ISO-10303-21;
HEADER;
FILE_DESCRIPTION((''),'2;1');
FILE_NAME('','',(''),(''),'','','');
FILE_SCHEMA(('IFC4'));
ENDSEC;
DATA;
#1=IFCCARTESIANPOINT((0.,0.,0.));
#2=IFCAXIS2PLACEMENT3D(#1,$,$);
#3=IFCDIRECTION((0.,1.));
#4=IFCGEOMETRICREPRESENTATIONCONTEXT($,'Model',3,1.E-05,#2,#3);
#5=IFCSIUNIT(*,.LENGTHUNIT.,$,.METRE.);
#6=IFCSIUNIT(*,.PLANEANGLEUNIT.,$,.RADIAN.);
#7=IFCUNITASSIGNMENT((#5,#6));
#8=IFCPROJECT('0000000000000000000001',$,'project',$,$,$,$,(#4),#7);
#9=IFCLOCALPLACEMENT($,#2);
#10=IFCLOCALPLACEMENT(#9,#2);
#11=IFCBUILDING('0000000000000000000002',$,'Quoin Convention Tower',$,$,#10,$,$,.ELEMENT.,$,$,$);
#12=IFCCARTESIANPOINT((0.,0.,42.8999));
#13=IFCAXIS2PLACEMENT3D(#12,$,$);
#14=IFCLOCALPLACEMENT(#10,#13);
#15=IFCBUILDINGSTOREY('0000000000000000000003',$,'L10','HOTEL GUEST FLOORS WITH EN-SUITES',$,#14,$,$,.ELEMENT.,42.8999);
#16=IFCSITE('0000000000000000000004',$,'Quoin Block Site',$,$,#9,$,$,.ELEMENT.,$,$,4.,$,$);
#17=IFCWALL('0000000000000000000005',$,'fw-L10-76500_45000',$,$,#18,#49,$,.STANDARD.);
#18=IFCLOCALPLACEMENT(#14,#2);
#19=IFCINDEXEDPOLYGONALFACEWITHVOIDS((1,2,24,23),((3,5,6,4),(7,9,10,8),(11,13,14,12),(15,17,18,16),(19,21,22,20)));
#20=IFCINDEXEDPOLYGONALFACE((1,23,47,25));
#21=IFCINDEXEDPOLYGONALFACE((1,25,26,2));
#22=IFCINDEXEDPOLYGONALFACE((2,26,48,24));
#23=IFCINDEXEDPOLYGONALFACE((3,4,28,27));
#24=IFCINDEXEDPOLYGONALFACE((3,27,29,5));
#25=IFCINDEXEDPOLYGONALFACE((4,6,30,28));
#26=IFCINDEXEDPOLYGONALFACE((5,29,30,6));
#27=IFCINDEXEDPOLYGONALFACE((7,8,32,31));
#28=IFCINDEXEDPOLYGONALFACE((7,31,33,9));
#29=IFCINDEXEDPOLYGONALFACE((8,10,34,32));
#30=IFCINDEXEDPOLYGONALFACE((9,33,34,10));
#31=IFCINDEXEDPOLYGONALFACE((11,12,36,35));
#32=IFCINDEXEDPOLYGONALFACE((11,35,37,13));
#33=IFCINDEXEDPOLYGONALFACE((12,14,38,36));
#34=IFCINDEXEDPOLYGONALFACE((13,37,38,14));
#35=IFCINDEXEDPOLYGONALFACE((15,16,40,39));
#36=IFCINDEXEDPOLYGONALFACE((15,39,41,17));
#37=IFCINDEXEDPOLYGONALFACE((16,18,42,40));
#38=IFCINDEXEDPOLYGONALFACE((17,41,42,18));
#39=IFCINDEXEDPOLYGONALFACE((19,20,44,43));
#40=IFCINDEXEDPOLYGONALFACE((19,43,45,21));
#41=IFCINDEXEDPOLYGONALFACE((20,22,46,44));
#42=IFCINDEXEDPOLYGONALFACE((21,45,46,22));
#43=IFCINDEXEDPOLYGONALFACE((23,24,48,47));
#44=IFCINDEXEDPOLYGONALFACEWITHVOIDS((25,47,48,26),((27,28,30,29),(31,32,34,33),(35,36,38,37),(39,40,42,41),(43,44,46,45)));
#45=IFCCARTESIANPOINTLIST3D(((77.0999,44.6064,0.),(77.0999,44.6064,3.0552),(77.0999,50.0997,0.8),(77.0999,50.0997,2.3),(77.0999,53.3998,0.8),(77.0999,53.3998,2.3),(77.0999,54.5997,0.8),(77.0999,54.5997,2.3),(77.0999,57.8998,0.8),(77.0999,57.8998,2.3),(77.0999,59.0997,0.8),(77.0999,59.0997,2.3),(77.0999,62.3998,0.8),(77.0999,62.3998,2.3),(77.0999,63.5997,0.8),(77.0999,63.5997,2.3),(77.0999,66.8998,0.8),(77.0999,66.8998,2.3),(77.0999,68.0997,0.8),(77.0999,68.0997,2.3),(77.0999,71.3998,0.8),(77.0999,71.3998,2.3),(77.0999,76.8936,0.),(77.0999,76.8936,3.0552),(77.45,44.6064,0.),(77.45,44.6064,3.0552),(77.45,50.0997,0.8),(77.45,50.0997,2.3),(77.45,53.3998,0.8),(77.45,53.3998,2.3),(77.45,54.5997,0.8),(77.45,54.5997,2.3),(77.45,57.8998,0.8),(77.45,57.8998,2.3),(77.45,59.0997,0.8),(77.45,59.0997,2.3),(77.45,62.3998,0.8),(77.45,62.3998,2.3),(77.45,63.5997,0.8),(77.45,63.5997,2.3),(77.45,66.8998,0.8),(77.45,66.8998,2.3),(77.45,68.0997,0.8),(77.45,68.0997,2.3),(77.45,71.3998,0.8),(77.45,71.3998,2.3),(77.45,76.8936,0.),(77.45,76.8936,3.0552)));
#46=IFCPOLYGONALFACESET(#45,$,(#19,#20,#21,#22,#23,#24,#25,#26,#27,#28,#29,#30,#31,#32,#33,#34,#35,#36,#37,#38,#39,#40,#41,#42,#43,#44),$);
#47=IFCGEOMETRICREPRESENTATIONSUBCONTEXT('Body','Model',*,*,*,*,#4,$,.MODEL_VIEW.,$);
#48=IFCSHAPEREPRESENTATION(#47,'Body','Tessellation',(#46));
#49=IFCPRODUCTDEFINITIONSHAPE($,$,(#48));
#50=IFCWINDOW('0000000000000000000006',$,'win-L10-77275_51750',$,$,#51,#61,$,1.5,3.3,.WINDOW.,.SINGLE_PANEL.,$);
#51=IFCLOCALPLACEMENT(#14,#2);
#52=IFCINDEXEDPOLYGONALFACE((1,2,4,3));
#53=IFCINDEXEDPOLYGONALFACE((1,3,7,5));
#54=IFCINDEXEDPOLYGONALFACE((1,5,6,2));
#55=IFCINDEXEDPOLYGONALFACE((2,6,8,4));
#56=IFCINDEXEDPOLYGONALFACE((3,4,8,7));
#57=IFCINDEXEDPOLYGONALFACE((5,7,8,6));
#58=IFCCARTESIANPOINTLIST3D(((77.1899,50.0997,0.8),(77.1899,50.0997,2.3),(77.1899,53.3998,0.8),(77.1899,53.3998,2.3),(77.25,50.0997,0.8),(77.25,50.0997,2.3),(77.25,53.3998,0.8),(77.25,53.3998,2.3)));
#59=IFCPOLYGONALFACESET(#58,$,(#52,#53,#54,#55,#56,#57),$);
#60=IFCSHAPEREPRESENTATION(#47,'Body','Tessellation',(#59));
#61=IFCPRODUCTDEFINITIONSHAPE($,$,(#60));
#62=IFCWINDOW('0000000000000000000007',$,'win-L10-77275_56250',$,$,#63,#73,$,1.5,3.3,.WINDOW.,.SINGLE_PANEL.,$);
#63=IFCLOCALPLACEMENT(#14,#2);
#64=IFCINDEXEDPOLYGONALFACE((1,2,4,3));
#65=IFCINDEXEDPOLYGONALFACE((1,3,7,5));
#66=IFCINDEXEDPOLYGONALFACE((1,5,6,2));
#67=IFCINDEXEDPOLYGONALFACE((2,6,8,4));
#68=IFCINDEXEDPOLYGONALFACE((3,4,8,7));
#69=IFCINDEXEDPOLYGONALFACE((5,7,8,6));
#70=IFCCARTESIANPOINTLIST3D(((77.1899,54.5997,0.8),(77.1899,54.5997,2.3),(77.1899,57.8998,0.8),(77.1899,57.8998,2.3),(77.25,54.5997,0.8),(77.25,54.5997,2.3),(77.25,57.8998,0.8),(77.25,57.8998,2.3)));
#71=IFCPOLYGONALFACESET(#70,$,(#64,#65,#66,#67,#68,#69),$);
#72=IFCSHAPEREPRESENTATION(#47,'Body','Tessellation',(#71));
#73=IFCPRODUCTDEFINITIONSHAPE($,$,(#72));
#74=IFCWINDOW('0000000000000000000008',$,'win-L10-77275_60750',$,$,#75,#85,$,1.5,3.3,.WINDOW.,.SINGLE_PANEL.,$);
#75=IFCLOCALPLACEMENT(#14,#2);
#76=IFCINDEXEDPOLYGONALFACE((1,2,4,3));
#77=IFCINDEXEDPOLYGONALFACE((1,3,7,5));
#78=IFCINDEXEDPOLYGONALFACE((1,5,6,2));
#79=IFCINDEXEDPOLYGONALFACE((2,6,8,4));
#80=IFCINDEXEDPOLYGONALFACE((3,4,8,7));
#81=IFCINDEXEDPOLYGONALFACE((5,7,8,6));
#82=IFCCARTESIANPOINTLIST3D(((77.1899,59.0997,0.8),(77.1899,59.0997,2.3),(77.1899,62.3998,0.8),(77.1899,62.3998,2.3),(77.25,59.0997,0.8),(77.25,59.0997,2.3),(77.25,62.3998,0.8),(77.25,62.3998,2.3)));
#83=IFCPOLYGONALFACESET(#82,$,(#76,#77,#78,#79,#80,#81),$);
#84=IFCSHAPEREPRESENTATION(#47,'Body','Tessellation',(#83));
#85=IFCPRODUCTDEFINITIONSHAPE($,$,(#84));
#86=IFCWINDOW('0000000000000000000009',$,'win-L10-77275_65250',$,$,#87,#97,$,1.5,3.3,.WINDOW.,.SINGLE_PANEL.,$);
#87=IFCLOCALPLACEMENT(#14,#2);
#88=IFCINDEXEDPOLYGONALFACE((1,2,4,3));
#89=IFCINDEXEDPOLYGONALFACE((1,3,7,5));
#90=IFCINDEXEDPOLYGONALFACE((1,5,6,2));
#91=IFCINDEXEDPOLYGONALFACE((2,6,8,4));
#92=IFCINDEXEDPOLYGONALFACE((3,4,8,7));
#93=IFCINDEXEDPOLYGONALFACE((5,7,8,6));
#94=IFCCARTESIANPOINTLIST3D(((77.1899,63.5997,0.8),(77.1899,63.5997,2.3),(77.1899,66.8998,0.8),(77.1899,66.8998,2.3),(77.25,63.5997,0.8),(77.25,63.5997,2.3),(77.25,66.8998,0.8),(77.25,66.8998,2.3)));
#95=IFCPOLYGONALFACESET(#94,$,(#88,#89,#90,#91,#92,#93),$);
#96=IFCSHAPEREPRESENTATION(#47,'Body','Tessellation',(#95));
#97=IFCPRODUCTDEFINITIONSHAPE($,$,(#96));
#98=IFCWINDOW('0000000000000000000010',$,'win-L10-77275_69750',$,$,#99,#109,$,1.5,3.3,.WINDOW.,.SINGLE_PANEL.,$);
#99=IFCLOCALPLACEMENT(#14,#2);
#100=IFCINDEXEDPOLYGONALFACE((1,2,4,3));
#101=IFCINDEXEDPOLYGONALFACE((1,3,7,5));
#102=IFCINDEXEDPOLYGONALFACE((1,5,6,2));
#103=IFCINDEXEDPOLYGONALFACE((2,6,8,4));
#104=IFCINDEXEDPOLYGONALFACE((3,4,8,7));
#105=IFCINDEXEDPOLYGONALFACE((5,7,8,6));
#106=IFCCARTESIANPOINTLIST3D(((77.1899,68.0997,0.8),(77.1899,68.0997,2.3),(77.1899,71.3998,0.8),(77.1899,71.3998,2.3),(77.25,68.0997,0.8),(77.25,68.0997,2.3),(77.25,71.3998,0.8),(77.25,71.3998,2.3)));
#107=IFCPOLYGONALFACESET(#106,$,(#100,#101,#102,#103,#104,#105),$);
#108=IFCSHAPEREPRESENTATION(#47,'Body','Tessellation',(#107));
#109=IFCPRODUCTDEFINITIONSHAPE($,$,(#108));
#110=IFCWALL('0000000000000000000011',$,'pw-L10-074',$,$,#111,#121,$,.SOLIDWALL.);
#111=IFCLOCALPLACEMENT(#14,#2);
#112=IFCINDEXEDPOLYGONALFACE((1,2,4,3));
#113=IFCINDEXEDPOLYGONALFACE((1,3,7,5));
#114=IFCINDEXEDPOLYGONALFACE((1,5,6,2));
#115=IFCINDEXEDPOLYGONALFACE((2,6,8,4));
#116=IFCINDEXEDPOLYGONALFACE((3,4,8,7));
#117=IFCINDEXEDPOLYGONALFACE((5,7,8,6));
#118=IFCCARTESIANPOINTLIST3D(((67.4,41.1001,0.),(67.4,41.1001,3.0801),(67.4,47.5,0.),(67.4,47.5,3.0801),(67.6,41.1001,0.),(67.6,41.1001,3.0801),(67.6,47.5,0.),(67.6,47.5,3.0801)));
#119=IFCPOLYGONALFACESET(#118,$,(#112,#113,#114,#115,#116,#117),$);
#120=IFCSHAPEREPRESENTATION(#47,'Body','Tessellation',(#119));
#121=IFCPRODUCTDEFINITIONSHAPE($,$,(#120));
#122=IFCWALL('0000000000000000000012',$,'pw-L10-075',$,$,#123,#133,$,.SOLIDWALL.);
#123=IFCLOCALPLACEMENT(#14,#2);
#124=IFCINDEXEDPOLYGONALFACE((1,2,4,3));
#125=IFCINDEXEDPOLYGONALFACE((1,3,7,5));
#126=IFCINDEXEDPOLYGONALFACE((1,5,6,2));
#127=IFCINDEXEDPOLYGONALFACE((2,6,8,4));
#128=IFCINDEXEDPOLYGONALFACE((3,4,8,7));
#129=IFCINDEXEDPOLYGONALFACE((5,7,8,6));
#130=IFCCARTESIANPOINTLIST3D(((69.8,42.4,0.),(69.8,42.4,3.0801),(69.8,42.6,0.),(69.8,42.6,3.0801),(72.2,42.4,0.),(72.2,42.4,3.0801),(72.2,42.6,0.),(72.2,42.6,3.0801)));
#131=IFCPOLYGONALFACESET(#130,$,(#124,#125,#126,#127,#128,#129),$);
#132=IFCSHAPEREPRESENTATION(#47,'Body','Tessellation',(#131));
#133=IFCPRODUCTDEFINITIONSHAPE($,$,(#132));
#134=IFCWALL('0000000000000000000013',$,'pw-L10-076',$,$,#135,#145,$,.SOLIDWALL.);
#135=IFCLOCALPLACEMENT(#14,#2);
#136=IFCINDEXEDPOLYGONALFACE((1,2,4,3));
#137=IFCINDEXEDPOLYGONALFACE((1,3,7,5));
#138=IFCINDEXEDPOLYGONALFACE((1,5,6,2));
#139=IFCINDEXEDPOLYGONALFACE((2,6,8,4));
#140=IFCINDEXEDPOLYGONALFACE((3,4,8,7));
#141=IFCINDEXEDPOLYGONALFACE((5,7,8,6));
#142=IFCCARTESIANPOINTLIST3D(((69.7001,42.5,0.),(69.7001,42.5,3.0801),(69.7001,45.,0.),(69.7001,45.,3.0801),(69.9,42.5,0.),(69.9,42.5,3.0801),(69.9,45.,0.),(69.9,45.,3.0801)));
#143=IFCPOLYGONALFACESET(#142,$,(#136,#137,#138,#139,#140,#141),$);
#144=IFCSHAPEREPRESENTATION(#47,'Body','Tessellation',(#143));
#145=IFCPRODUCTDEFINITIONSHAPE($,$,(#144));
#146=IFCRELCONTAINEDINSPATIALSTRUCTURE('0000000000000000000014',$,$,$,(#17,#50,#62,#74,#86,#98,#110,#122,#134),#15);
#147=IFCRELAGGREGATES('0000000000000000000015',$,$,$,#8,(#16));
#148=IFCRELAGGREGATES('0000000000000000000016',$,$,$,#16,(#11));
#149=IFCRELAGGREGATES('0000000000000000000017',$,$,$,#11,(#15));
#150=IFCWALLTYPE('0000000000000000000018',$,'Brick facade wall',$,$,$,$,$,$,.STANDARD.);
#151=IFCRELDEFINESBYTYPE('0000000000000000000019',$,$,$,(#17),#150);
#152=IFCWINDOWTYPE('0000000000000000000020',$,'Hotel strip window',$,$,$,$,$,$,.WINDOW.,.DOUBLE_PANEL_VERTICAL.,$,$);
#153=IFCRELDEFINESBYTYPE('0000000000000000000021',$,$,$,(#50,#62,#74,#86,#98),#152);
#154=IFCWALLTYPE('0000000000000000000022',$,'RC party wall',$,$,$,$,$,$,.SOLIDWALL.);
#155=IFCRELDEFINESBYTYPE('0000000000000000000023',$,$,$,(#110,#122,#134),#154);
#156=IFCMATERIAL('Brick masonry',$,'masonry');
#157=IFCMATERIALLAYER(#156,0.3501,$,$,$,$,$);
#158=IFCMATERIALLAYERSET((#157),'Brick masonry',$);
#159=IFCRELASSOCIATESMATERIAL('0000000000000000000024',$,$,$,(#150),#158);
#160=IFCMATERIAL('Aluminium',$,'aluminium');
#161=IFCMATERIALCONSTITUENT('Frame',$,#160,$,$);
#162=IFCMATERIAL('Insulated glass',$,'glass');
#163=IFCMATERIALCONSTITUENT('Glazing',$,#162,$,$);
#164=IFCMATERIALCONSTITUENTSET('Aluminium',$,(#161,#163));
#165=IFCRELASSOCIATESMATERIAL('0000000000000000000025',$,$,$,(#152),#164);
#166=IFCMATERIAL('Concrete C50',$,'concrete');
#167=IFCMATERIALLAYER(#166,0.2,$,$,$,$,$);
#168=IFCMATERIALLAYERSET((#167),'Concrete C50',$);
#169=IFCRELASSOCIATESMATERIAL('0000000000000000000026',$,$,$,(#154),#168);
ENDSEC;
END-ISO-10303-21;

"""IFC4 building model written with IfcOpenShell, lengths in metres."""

from ifc_helpers import new_model, si_unit, direction, frame, frame_2d, origin, place, context, subcontext, project, spatial, rectangle, extrude, material, layer, layer_set, constituent, constituent_set, type_object, element, fill, save


model = new_model("IFC4")

# Units and contexts
model_context = context("Model", 3, precision=1e-05, world=origin(), true_north=direction((0.0, 1.0)))
body_context = subcontext(model_context, "Body", "Model", "MODEL_VIEW")
ifc_project = project(units=[si_unit("LENGTHUNIT", "METRE"), si_unit("PLANEANGLEUNIT", "RADIAN")], contexts=[model_context])

# Site, building, storey
site_placement = place(None, origin())
site = spatial("IfcSite", under=ifc_project, at=site_placement, Name="Quoin Block Site", CompositionType="ELEMENT", RefElevation=4.0)
building_placement = place(site_placement, origin())
building = spatial("IfcBuilding", under=site, at=building_placement, Name="Quoin Convention Tower", CompositionType="ELEMENT")
storey_placement = place(building_placement, frame((0.0, 0.0, 42.8999)))
storey = spatial("IfcBuildingStorey", under=building, at=storey_placement, Name="L10", Description="HOTEL GUEST FLOORS WITH EN-SUITES", CompositionType="ELEMENT", Elevation=42.8999)

# Wall, openings, windows
ifc_material_1 = material(Name="Brick masonry", Category="masonry")
ifc_layer_1 = layer(ifc_material_1, 0.3501)
ifc_layer_set_1 = layer_set([ifc_layer_1], Name="Brick masonry")
wall_type_1 = type_object("IfcWallType", Name="Brick facade wall", PredefinedType="STANDARD", material=ifc_layer_set_1)
wall_1_placement = place(storey_placement, frame((77.2749, 44.6064, 0.0), z_axis=(0.0, 0.0, 1.0), x_axis=(0.0, 1.0, 0.0)))
wall_1 = element("IfcWall", 1, at=wall_1_placement, inside=storey, type_object=wall_type_1, Name="fw-L10-76500_45000", PredefinedType="STANDARD", context=body_context, shape_type="SweptSolid", body=[
    extrude(rectangle(XDim=32.2871, YDim=0.3501, at=frame_2d((16.1436, 0.0))), origin(), (0.0, 0.0, 1.0), 3.0552),
])
opening_1_placement = place(wall_1_placement, frame((5.4934, 0.0, 0.8)))
opening_1 = element("IfcOpeningElement", 2, at=opening_1_placement, cuts=wall_1, PredefinedType="OPENING", context=body_context, shape_type="SweptSolid", body=[
    extrude(rectangle(XDim=3.3, YDim=1.5, at=frame_2d((1.6499, 0.75))), frame((0.0, 0.1851, 0.0), z_axis=(0.0, -1.0, 0.0), x_axis=(1.0, 0.0, 0.0)), (0.0, 0.0, 1.0), 0.3701),
])
opening_2_placement = place(wall_1_placement, frame((9.9934, 0.0, 0.8)))
opening_2 = element("IfcOpeningElement", 3, at=opening_2_placement, cuts=wall_1, PredefinedType="OPENING", context=body_context, shape_type="SweptSolid", body=[
    extrude(rectangle(XDim=3.3, YDim=1.5, at=frame_2d((1.6499, 0.75))), frame((0.0, 0.1851, 0.0), z_axis=(0.0, -1.0, 0.0), x_axis=(1.0, 0.0, 0.0)), (0.0, 0.0, 1.0), 0.3701),
])
opening_3_placement = place(wall_1_placement, frame((14.4934, 0.0, 0.8)))
opening_3 = element("IfcOpeningElement", 4, at=opening_3_placement, cuts=wall_1, PredefinedType="OPENING", context=body_context, shape_type="SweptSolid", body=[
    extrude(rectangle(XDim=3.3, YDim=1.5, at=frame_2d((1.6499, 0.75))), frame((0.0, 0.1851, 0.0), z_axis=(0.0, -1.0, 0.0), x_axis=(1.0, 0.0, 0.0)), (0.0, 0.0, 1.0), 0.3701),
])
opening_4_placement = place(wall_1_placement, frame((18.9934, 0.0, 0.8)))
opening_4 = element("IfcOpeningElement", 5, at=opening_4_placement, cuts=wall_1, PredefinedType="OPENING", context=body_context, shape_type="SweptSolid", body=[
    extrude(rectangle(XDim=3.3, YDim=1.5, at=frame_2d((1.6499, 0.75))), frame((0.0, 0.1851, 0.0), z_axis=(0.0, -1.0, 0.0), x_axis=(1.0, 0.0, 0.0)), (0.0, 0.0, 1.0), 0.3701),
])
opening_5_placement = place(wall_1_placement, frame((23.4934, 0.0, 0.8)))
opening_5 = element("IfcOpeningElement", 6, at=opening_5_placement, cuts=wall_1, PredefinedType="OPENING", context=body_context, shape_type="SweptSolid", body=[
    extrude(rectangle(XDim=3.3, YDim=1.5, at=frame_2d((1.6499, 0.75))), frame((0.0, 0.1851, 0.0), z_axis=(0.0, -1.0, 0.0), x_axis=(1.0, 0.0, 0.0)), (0.0, 0.0, 1.0), 0.3701),
])
ifc_material_2 = material(Name="Aluminium", Category="aluminium")
ifc_constituent_1 = constituent(ifc_material_2, Name="Frame")
ifc_material_3 = material(Name="Insulated glass", Category="glass")
ifc_constituent_2 = constituent(ifc_material_3, Name="Glazing")
ifc_constituent_set = constituent_set(constituents=[ifc_constituent_1, ifc_constituent_2], Name="Aluminium")
window_type = type_object("IfcWindowType", Name="Hotel strip window", PartitioningType="DOUBLE_PANEL_VERTICAL", PredefinedType="WINDOW", material=ifc_constituent_set)
window_1_placement = place(opening_1_placement, origin())
window_1 = element("IfcWindow", 7, at=window_1_placement, inside=storey, type_object=window_type, Name="win-L10-77275_51750", OverallHeight=1.5, OverallWidth=3.3, PartitioningType="SINGLE_PANEL", PredefinedType="WINDOW", context=body_context, shape_type="SweptSolid", body=[
    extrude(rectangle(XDim=3.3, YDim=1.5, at=frame_2d((1.6499, 0.75))), frame((0.0, 0.085, 0.0), z_axis=(0.0, -1.0, 0.0), x_axis=(1.0, 0.0, 0.0)), (0.0, 0.0, 1.0), 0.0601),
])
fill(opening_1, window_1)
window_2_placement = place(opening_2_placement, origin())
window_2 = element("IfcWindow", 8, at=window_2_placement, inside=storey, type_object=window_type, Name="win-L10-77275_56250", OverallHeight=1.5, OverallWidth=3.3, PartitioningType="SINGLE_PANEL", PredefinedType="WINDOW", context=body_context, shape_type="SweptSolid", body=[
    extrude(rectangle(XDim=3.3, YDim=1.5, at=frame_2d((1.6499, 0.75))), frame((0.0, 0.085, 0.0), z_axis=(0.0, -1.0, 0.0), x_axis=(1.0, 0.0, 0.0)), (0.0, 0.0, 1.0), 0.0601),
])
fill(opening_2, window_2)
window_3_placement = place(opening_3_placement, origin())
window_3 = element("IfcWindow", 9, at=window_3_placement, inside=storey, type_object=window_type, Name="win-L10-77275_60750", OverallHeight=1.5, OverallWidth=3.3, PartitioningType="SINGLE_PANEL", PredefinedType="WINDOW", context=body_context, shape_type="SweptSolid", body=[
    extrude(rectangle(XDim=3.3, YDim=1.5, at=frame_2d((1.6499, 0.75))), frame((0.0, 0.085, 0.0), z_axis=(0.0, -1.0, 0.0), x_axis=(1.0, 0.0, 0.0)), (0.0, 0.0, 1.0), 0.0601),
])
fill(opening_3, window_3)
window_4_placement = place(opening_4_placement, origin())
window_4 = element("IfcWindow", 10, at=window_4_placement, inside=storey, type_object=window_type, Name="win-L10-77275_65250", OverallHeight=1.5, OverallWidth=3.3, PartitioningType="SINGLE_PANEL", PredefinedType="WINDOW", context=body_context, shape_type="SweptSolid", body=[
    extrude(rectangle(XDim=3.3, YDim=1.5, at=frame_2d((1.6499, 0.75))), frame((0.0, 0.085, 0.0), z_axis=(0.0, -1.0, 0.0), x_axis=(1.0, 0.0, 0.0)), (0.0, 0.0, 1.0), 0.0601),
])
fill(opening_4, window_4)
window_5_placement = place(opening_5_placement, origin())
window_5 = element("IfcWindow", 11, at=window_5_placement, inside=storey, type_object=window_type, Name="win-L10-77275_69750", OverallHeight=1.5, OverallWidth=3.3, PartitioningType="SINGLE_PANEL", PredefinedType="WINDOW", context=body_context, shape_type="SweptSolid", body=[
    extrude(rectangle(XDim=3.3, YDim=1.5, at=frame_2d((1.6499, 0.75))), frame((0.0, 0.085, 0.0), z_axis=(0.0, -1.0, 0.0), x_axis=(1.0, 0.0, 0.0)), (0.0, 0.0, 1.0), 0.0601),
])
fill(opening_5, window_5)

# Walls
ifc_material_4 = material(Name="Concrete C50", Category="concrete")
ifc_layer_2 = layer(ifc_material_4, 0.2)
ifc_layer_set_2 = layer_set([ifc_layer_2], Name="Concrete C50")
wall_type_2 = type_object("IfcWallType", Name="RC party wall", PredefinedType="SOLIDWALL", material=ifc_layer_set_2)
wall_2_placement = place(storey_placement, frame((67.5, 41.1001, 0.0), z_axis=(0.0, 0.0, 1.0), x_axis=(0.0, 1.0, 0.0)))
element("IfcWall", 12, at=wall_2_placement, inside=storey, type_object=wall_type_2, Name="pw-L10-074", PredefinedType="SOLIDWALL", context=body_context, shape_type="SweptSolid", body=[
    extrude(rectangle(XDim=6.3999, YDim=0.2, at=frame_2d((3.2, 0.0))), origin(), (0.0, 0.0, 1.0), 3.0801),
])
wall_3_placement = place(storey_placement, frame((69.8, 42.5, 0.0), z_axis=(0.0, 0.0, 1.0), x_axis=(1.0, 0.0, 0.0)))
element("IfcWall", 13, at=wall_3_placement, inside=storey, type_object=wall_type_2, Name="pw-L10-075", PredefinedType="SOLIDWALL", context=body_context, shape_type="SweptSolid", body=[
    extrude(rectangle(XDim=2.3999, YDim=0.2, at=frame_2d((1.2, 0.0))), origin(), (0.0, 0.0, 1.0), 3.0801),
])
wall_4_placement = place(storey_placement, frame((69.8, 42.5, 0.0), z_axis=(0.0, 0.0, 1.0), x_axis=(0.0, 1.0, 0.0)))
element("IfcWall", 14, at=wall_4_placement, inside=storey, type_object=wall_type_2, Name="pw-L10-076", PredefinedType="SOLIDWALL", context=body_context, shape_type="SweptSolid", body=[
    extrude(rectangle(XDim=2.5, YDim=0.2, at=frame_2d((1.25, 0.0))), origin(), (0.0, 0.0, 1.0), 3.0801),
])

save(model, "model.ifc")
